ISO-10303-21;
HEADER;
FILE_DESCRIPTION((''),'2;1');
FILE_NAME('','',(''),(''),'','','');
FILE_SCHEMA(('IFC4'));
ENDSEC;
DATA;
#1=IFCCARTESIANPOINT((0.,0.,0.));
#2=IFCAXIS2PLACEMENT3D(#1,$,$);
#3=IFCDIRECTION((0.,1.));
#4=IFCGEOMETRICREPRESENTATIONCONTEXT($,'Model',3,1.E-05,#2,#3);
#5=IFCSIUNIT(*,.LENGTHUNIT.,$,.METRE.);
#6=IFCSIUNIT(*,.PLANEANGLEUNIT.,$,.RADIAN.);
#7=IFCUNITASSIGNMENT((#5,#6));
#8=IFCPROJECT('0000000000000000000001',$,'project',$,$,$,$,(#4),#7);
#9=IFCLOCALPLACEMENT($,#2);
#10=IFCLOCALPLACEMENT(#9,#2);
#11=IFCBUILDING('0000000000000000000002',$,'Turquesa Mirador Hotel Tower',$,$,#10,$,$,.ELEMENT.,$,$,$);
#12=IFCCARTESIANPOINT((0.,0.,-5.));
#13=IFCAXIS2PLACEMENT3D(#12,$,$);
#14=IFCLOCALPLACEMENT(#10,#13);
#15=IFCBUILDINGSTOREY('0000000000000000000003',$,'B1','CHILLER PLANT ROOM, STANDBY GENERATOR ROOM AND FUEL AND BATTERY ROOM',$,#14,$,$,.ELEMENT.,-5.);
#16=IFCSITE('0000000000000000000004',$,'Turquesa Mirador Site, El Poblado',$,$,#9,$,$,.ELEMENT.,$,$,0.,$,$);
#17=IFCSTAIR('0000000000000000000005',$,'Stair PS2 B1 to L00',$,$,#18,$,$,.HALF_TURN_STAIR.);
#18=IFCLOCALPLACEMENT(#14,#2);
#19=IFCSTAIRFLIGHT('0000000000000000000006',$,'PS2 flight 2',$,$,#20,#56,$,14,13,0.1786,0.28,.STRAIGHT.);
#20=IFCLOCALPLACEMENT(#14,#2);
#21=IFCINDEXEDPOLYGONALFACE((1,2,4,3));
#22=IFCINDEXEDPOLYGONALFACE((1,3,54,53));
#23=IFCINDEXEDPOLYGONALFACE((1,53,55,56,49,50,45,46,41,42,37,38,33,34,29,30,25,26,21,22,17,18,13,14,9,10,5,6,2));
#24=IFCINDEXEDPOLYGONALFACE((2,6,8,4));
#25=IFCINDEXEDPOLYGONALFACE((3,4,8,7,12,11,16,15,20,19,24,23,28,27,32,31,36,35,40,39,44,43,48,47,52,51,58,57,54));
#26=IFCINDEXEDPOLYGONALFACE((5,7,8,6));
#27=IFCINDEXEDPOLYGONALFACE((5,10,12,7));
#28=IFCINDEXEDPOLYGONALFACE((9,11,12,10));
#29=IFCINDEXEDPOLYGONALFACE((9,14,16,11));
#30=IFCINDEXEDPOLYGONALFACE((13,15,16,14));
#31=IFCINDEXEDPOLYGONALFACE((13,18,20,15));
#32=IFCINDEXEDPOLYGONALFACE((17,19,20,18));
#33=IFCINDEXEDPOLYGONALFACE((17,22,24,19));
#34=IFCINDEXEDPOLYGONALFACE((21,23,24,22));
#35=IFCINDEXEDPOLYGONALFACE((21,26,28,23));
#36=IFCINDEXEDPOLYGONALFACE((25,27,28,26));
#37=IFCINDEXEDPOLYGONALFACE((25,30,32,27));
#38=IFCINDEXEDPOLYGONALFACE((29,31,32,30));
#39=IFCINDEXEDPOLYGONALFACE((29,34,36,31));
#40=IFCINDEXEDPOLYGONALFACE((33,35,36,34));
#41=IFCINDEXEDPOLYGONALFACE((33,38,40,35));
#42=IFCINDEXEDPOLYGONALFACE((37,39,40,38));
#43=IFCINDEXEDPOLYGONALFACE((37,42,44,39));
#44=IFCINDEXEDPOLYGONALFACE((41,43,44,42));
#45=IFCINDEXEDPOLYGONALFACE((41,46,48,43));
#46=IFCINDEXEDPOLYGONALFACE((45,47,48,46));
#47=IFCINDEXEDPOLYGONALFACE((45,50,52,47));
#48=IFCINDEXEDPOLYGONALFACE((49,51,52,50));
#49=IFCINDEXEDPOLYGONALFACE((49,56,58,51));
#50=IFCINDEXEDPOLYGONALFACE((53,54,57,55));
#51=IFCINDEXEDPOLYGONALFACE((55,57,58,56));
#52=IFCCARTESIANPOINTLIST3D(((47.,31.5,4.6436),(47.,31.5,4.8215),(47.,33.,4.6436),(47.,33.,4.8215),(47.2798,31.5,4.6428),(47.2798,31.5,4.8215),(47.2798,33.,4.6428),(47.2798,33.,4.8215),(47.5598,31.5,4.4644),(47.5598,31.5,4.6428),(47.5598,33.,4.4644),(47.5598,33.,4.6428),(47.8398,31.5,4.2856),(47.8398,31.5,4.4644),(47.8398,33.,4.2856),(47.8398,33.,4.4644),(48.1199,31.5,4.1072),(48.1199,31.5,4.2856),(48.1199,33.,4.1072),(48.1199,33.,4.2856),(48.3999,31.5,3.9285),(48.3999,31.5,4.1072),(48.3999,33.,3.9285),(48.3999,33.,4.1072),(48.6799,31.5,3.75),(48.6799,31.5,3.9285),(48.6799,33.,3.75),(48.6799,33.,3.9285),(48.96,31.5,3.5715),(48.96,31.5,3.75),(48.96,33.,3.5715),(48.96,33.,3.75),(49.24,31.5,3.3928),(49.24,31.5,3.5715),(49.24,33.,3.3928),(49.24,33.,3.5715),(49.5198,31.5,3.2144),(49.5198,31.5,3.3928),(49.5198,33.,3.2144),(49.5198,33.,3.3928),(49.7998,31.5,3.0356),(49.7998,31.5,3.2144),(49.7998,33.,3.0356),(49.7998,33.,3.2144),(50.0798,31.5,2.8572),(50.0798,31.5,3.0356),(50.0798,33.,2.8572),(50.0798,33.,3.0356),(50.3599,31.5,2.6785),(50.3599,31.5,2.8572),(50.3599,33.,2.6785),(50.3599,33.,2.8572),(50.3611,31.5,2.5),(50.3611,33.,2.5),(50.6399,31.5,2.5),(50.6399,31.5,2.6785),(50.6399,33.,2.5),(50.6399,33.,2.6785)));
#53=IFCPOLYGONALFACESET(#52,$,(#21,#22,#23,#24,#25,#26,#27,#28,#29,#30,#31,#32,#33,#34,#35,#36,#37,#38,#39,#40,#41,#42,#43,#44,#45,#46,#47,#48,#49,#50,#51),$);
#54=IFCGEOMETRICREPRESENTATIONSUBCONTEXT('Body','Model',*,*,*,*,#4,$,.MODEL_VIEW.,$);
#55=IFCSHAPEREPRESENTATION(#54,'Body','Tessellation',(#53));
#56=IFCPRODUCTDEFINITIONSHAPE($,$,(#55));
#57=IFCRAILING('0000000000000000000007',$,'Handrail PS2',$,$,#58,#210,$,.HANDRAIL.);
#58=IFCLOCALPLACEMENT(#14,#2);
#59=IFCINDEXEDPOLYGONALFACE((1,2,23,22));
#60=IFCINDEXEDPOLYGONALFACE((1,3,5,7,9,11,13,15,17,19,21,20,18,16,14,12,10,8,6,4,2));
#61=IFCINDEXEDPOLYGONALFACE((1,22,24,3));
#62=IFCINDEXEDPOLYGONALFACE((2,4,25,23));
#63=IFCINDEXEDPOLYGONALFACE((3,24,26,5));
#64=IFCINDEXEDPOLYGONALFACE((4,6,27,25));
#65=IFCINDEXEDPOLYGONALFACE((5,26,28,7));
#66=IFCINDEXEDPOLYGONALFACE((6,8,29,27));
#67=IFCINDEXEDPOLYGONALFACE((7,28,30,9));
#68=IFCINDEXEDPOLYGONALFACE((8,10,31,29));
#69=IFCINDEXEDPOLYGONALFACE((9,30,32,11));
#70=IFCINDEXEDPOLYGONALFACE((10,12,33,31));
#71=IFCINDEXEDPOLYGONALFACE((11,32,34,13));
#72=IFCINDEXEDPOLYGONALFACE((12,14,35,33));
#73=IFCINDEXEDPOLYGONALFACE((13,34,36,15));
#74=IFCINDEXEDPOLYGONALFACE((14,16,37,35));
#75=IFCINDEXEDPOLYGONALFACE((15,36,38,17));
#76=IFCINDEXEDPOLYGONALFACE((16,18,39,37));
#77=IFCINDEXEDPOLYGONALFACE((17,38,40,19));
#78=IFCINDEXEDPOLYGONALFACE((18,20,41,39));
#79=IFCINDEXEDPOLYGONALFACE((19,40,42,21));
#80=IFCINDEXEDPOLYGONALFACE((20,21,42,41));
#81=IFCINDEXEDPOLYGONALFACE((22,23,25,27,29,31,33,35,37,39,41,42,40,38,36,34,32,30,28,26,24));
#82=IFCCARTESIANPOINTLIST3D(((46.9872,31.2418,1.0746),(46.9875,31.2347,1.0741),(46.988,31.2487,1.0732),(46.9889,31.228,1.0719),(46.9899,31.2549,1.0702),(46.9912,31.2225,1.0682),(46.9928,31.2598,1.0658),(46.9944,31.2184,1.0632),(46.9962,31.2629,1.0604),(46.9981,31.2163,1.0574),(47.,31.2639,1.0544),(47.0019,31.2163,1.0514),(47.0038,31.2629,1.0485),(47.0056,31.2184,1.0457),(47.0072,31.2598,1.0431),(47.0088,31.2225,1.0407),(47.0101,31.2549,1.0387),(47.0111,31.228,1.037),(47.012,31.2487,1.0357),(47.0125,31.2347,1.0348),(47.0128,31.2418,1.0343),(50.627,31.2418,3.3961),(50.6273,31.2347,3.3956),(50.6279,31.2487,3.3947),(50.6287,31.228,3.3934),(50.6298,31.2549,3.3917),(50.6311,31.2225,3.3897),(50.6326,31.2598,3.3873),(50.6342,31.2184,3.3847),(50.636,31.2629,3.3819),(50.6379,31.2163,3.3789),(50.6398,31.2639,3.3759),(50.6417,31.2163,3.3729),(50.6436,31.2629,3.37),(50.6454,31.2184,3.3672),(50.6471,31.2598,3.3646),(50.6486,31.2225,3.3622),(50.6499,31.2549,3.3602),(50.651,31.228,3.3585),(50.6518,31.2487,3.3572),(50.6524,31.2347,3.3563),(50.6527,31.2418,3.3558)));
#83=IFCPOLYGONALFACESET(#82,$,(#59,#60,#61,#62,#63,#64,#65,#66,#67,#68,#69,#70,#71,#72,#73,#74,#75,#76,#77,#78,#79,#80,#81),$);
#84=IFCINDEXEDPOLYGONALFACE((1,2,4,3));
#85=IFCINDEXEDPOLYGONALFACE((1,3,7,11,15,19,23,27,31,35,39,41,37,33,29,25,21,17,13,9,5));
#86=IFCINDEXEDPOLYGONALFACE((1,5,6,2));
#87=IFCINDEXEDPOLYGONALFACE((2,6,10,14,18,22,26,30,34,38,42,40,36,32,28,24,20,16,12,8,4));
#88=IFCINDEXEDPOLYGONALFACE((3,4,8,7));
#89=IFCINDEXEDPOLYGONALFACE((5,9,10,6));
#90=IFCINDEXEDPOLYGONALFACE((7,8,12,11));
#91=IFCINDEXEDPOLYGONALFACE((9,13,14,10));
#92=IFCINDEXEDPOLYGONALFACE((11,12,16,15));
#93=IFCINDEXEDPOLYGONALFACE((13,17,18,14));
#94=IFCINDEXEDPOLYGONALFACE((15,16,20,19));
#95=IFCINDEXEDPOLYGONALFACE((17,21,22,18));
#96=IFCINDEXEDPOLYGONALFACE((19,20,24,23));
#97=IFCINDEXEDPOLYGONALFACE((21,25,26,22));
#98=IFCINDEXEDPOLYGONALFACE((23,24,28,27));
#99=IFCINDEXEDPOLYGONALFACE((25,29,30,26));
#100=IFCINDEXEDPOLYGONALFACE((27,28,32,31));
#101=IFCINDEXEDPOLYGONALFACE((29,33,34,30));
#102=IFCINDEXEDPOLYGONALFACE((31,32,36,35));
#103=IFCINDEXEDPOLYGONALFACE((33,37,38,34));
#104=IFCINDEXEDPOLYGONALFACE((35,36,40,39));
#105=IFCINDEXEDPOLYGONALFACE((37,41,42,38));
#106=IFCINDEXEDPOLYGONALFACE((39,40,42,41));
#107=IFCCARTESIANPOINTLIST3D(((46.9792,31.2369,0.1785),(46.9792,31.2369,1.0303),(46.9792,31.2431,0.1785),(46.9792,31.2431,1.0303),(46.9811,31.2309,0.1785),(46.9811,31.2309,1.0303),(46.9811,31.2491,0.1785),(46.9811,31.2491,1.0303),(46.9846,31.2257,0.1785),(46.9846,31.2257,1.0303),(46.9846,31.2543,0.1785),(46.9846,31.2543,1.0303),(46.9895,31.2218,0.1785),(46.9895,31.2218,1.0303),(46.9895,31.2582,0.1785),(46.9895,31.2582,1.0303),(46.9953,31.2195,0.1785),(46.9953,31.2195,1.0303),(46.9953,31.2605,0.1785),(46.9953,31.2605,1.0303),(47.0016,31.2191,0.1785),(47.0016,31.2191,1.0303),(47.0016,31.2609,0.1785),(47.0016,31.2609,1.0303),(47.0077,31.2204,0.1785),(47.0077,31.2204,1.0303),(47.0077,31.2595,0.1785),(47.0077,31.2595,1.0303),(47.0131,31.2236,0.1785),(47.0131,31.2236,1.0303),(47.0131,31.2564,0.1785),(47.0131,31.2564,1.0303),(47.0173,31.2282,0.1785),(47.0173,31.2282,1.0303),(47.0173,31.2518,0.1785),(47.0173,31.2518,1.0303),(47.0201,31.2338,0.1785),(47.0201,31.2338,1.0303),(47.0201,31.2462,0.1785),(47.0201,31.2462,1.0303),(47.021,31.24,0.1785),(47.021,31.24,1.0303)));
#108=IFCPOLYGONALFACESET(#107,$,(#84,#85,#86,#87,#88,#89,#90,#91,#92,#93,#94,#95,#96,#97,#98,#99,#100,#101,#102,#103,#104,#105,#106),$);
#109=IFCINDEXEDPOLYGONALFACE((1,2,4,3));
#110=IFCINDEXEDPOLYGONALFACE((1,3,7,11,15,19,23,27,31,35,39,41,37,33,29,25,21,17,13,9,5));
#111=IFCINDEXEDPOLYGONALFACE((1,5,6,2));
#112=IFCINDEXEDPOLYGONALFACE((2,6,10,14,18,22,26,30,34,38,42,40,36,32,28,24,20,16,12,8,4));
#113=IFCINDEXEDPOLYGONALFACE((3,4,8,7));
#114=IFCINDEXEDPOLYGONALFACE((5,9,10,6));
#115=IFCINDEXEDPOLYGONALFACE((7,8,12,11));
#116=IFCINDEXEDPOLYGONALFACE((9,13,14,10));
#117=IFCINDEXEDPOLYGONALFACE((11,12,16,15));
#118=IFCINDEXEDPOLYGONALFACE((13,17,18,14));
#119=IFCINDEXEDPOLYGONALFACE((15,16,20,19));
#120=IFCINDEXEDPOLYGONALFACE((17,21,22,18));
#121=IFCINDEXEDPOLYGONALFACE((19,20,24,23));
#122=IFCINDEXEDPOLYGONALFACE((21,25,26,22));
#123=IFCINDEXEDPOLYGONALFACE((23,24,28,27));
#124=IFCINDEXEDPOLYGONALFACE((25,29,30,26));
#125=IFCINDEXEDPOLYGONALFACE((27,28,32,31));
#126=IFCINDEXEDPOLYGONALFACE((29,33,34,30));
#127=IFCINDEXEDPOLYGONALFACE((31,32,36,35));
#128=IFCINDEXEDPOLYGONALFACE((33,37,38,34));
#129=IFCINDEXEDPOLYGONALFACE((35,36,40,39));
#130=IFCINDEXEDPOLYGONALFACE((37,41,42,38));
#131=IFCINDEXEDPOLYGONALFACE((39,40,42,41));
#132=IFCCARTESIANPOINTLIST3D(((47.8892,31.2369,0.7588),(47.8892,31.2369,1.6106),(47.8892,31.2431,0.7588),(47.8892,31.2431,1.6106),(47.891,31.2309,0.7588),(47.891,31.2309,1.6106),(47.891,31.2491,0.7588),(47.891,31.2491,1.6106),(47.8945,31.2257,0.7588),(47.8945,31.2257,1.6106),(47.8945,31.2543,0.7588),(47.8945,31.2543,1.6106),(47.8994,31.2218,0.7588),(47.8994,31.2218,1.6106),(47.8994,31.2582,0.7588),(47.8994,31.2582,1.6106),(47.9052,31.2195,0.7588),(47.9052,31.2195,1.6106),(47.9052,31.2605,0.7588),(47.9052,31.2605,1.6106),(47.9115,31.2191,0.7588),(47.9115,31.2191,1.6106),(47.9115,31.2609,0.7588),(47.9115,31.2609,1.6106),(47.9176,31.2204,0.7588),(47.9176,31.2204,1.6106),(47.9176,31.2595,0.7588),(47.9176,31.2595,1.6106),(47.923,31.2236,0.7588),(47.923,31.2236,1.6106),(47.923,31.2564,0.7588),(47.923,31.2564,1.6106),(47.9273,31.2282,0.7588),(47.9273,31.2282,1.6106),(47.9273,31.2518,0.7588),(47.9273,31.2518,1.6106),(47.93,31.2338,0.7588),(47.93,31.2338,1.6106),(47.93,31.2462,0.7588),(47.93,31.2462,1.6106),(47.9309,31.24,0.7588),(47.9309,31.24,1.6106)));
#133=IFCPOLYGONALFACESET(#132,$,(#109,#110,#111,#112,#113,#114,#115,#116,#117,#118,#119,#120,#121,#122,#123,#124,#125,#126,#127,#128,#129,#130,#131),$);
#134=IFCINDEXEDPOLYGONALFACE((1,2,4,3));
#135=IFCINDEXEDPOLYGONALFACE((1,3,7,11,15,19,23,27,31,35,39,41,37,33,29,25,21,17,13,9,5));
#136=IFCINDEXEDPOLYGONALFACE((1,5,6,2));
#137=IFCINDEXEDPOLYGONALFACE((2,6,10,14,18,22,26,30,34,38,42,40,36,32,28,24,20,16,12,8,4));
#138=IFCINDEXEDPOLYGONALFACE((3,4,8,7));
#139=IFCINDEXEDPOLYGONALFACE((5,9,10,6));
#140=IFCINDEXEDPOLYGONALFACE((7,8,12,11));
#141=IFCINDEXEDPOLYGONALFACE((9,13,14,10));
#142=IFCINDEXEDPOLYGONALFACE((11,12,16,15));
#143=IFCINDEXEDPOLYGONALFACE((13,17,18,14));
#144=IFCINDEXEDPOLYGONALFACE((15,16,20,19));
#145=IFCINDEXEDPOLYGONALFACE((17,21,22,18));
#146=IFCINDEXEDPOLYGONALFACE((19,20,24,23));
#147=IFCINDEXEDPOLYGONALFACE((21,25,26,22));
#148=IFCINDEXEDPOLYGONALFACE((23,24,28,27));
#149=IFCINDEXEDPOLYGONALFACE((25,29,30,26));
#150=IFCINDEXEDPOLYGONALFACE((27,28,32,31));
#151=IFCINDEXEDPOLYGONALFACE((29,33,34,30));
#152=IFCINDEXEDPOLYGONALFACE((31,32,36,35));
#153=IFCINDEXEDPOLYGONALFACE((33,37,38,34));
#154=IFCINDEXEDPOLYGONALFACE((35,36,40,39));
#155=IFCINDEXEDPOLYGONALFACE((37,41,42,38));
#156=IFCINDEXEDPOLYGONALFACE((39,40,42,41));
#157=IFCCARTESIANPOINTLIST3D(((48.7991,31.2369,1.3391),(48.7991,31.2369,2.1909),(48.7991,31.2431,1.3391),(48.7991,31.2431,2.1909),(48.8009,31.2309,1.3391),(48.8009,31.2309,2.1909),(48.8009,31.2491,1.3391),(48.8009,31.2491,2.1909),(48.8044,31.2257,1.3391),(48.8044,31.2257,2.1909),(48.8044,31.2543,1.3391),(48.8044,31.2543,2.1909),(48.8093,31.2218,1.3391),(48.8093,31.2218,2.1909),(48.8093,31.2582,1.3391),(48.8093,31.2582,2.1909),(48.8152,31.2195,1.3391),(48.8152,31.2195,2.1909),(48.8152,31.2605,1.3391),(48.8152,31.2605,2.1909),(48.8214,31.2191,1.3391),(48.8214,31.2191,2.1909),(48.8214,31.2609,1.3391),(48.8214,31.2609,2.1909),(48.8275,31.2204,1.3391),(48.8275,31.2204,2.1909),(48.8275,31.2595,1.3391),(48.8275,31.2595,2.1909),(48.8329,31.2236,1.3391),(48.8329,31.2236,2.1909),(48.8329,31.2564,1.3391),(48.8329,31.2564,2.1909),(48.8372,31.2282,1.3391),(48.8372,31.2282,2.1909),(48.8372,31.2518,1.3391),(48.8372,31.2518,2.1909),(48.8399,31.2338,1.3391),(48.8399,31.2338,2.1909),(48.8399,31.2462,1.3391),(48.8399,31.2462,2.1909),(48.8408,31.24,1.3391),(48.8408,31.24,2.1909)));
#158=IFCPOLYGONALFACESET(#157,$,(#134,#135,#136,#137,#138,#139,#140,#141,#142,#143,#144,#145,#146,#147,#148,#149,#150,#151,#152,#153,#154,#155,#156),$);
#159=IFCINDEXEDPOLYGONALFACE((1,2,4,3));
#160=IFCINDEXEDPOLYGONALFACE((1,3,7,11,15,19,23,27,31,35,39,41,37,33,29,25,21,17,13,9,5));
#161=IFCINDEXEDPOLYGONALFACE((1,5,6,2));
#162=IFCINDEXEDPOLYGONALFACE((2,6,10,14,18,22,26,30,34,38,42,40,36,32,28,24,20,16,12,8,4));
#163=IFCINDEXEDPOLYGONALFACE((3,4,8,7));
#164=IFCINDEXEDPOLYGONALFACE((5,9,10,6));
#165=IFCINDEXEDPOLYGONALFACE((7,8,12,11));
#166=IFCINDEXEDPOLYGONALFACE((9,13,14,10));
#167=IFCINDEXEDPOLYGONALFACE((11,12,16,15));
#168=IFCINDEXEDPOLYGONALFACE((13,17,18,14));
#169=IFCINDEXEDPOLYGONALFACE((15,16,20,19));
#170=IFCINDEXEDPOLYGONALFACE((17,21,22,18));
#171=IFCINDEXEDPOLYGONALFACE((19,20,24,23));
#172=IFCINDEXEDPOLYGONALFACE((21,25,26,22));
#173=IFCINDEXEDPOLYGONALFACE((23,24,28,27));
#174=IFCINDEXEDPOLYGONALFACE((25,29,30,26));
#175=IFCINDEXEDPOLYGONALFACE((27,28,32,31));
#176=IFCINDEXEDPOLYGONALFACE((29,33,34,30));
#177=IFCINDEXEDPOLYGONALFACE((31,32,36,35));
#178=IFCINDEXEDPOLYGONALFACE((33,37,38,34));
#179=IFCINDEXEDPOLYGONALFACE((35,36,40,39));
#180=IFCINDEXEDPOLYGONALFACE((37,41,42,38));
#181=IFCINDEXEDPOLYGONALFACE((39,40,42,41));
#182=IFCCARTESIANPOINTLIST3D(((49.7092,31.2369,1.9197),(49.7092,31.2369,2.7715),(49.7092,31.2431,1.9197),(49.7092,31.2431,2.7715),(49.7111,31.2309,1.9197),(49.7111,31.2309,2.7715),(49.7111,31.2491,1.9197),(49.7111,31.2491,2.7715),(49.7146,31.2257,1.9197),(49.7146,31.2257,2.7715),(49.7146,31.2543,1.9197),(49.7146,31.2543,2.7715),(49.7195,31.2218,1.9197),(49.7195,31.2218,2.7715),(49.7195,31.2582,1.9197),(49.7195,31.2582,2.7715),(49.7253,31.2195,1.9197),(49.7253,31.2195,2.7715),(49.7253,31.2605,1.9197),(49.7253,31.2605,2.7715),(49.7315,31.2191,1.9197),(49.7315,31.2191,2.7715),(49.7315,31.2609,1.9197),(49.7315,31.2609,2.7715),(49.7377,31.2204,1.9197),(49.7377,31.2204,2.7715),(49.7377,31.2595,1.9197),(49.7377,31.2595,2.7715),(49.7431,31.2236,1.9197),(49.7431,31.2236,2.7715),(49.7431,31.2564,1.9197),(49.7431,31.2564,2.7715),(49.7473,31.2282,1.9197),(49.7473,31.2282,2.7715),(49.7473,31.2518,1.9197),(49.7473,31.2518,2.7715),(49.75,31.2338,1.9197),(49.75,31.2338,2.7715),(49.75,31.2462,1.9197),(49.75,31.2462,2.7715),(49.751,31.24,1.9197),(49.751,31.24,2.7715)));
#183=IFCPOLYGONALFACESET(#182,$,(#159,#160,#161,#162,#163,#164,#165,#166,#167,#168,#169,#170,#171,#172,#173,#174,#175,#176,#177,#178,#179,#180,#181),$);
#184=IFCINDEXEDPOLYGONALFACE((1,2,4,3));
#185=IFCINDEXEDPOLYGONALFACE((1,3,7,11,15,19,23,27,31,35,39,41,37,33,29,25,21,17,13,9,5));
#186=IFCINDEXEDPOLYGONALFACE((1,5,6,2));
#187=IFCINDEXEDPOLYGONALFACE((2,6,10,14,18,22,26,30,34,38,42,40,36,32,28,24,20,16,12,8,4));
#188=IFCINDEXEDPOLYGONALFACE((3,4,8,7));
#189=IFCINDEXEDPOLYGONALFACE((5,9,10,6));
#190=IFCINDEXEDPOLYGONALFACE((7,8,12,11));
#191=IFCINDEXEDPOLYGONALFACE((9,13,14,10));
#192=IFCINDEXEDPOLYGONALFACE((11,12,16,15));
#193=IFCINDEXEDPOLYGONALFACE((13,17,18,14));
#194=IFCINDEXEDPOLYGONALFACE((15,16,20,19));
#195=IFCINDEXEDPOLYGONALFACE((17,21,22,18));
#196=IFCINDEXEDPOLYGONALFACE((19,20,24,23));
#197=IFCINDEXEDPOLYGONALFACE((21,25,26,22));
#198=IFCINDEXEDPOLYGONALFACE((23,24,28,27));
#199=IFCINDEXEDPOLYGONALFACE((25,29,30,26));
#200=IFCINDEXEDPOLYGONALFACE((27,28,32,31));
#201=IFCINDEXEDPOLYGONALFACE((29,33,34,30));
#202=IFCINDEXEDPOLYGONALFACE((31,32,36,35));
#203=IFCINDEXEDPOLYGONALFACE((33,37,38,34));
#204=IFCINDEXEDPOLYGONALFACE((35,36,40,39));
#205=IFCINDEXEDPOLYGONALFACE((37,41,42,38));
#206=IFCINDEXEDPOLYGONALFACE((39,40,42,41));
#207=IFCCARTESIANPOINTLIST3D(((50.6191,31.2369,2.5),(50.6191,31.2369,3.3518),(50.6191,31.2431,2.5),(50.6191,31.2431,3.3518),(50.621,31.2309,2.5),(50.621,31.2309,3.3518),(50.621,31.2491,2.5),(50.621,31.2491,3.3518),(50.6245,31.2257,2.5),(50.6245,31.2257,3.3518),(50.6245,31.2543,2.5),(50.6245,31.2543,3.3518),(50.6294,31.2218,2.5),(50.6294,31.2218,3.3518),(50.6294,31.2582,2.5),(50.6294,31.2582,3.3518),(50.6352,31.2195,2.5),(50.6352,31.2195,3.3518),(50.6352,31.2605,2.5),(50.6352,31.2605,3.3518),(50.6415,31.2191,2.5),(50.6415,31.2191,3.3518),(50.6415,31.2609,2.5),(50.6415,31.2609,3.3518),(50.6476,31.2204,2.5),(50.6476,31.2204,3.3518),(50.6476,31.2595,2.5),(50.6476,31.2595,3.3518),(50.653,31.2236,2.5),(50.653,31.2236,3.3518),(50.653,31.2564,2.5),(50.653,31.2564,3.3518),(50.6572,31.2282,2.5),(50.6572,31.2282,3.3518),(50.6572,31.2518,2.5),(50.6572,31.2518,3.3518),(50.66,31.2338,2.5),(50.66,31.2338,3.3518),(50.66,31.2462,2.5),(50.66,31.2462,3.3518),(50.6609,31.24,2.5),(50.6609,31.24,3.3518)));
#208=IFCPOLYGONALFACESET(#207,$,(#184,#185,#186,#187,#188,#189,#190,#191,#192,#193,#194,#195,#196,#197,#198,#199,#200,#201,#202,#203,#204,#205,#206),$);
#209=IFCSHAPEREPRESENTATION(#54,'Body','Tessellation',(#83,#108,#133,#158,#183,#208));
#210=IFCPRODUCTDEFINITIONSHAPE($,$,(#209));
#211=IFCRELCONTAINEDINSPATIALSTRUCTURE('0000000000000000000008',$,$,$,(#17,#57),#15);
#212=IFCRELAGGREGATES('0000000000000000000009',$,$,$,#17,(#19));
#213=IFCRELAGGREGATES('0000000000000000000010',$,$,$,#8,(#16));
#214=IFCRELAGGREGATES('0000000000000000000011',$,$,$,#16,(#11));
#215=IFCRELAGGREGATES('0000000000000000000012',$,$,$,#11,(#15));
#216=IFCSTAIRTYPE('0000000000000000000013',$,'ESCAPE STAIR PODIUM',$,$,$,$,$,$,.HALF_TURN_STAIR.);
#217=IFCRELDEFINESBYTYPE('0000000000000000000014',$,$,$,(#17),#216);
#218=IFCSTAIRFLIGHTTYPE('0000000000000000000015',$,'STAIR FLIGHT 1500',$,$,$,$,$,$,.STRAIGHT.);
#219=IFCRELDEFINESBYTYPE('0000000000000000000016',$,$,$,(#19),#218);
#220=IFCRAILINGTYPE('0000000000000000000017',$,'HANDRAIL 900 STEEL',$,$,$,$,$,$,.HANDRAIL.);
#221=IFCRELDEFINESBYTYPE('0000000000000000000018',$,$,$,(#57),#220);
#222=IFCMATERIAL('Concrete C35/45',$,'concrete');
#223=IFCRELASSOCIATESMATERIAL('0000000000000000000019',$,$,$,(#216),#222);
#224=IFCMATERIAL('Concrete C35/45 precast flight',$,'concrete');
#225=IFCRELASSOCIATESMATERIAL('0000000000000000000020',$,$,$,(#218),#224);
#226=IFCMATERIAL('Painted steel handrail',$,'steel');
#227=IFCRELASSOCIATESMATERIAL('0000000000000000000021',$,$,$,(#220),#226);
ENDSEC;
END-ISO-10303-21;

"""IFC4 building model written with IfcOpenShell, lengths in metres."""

from ifc_helpers import new_model, si_unit, direction, frame, origin, origin_2d, place, context, subcontext, project, spatial, polyline, circle, outline, extrude, material, type_object, element, aggregate, save


model = new_model("IFC4")

# Units and contexts
model_context = context("Model", 3, precision=1e-05, world=origin(), true_north=direction((0.0, 1.0)))
body_context = subcontext(model_context, "Body", "Model", "MODEL_VIEW")
ifc_project = project(units=[si_unit("LENGTHUNIT", "METRE"), si_unit("PLANEANGLEUNIT", "RADIAN")], contexts=[model_context])

# Site, building, storey
site_placement = place(None, origin())
site = spatial("IfcSite", under=ifc_project, at=site_placement, Name="Turquesa Mirador Site, El Poblado", CompositionType="ELEMENT", RefElevation=0.0)
building_placement = place(site_placement, origin())
building = spatial("IfcBuilding", under=site, at=building_placement, Name="Turquesa Mirador Hotel Tower", CompositionType="ELEMENT")
storey_placement = place(building_placement, frame((0.0, 0.0, -5.0)))
storey = spatial("IfcBuildingStorey", under=building, at=storey_placement, Name="B1", Description="CHILLER PLANT ROOM, STANDBY GENERATOR ROOM AND FUEL AND BATTERY ROOM", CompositionType="ELEMENT", Elevation=-5.0)

# Stair, stair flight
ifc_material_1 = material(Name="Concrete C35/45", Category="concrete")
stair_type = type_object("IfcStairType", Name="ESCAPE STAIR PODIUM", PredefinedType="HALF_TURN_STAIR", material=ifc_material_1)
stair_placement = place(storey_placement, origin())
stair = element("IfcStair", 1, at=stair_placement, inside=storey, type_object=stair_type, Name="Stair PS2 B1 to L00", PredefinedType="HALF_TURN_STAIR")
ifc_material_2 = material(Name="Concrete C35/45 precast flight", Category="concrete")
stair_flight_type = type_object("IfcStairFlightType", Name="STAIR FLIGHT 1500", PredefinedType="STRAIGHT", material=ifc_material_2)
stair_flight_1_placement = place(storey_placement, frame((50.6399, 32.25, 2.5), z_axis=(0.0, 0.0, 1.0), x_axis=(-1.0, 0.0, 0.0)))
stair_flight_1 = element("IfcStairFlight", 2, at=stair_flight_1_placement, type_object=stair_flight_type, Name="PS2 flight 2", NumberOfRisers=14, NumberOfTreads=13, PredefinedType="STRAIGHT", RiserHeight=0.1786, TreadLength=0.28, context=body_context, shape_type="SweptSolid", body=[
    extrude(outline(polyline([(0.0, 0.0), (0.0, 0.1785), (0.28, 0.1785), (0.28, 0.3572), (0.5601, 0.3572), (0.5601, 0.5356), (0.8401, 0.5356), (0.8401, 0.7144), (1.1201, 0.7144), (1.1201, 0.8928), (1.3999, 0.8928), (1.3999, 1.0715), (1.6799, 1.0715), (1.6799, 1.25), (1.96, 1.25), (1.96, 1.4285), (2.24, 1.4285), (2.24, 1.6072), (2.52, 1.6072), (2.52, 1.7856), (2.8, 1.7856), (2.8, 1.9644), (3.0801, 1.9644), (3.0801, 2.1428), (3.3601, 2.1428), (3.3601, 2.3215), (3.6399, 2.3215), (3.6399, 2.5), (3.6399, 2.1436), (0.2788, 0.0), (0.0, 0.0)])), frame((0.0, 0.75, 0.0), z_axis=(0.0, -1.0, 0.0), x_axis=(1.0, 0.0, 0.0)), (0.0, 0.0, 1.0), 1.5),
])
aggregate(stair, [stair_flight_1])

# Railing
ifc_material_3 = material(Name="Painted steel handrail", Category="steel")
railing_type = type_object("IfcRailingType", Name="HANDRAIL 900 STEEL", PredefinedType="HANDRAIL", material=ifc_material_3)
railing_1_placement = place(storey_placement, frame((47.0, 31.24, 0.1785)))
element("IfcRailing", 3, at=railing_1_placement, inside=storey, type_object=railing_type, Name="Handrail PS2", PredefinedType="HANDRAIL", context=body_context, shape_type="SweptSolid", body=[
    extrude(circle(Radius=0.0239, at=origin_2d()), frame((0.0, 0.0, 0.876), z_axis=(0.843112, 0.0, 0.537739), x_axis=(0.0, 1.0, 0.0)), (0.0, 0.0, 1.0), 4.3171),
    extrude(circle(Radius=0.021, at=origin_2d()), origin(), (0.0, 0.0, 1.0), 0.8518),
    extrude(circle(Radius=0.021, at=origin_2d()), frame((0.9099, 0.0, 0.5803)), (0.0, 0.0, 1.0), 0.8518),
    extrude(circle(Radius=0.021, at=origin_2d()), frame((1.8198, 0.0, 1.1606)), (0.0, 0.0, 1.0), 0.8518),
    extrude(circle(Radius=0.021, at=origin_2d()), frame((2.73, 0.0, 1.7412)), (0.0, 0.0, 1.0), 0.8518),
    extrude(circle(Radius=0.021, at=origin_2d()), frame((3.6399, 0.0, 2.3215)), (0.0, 0.0, 1.0), 0.8518),
])

save(model, "model.ifc")
